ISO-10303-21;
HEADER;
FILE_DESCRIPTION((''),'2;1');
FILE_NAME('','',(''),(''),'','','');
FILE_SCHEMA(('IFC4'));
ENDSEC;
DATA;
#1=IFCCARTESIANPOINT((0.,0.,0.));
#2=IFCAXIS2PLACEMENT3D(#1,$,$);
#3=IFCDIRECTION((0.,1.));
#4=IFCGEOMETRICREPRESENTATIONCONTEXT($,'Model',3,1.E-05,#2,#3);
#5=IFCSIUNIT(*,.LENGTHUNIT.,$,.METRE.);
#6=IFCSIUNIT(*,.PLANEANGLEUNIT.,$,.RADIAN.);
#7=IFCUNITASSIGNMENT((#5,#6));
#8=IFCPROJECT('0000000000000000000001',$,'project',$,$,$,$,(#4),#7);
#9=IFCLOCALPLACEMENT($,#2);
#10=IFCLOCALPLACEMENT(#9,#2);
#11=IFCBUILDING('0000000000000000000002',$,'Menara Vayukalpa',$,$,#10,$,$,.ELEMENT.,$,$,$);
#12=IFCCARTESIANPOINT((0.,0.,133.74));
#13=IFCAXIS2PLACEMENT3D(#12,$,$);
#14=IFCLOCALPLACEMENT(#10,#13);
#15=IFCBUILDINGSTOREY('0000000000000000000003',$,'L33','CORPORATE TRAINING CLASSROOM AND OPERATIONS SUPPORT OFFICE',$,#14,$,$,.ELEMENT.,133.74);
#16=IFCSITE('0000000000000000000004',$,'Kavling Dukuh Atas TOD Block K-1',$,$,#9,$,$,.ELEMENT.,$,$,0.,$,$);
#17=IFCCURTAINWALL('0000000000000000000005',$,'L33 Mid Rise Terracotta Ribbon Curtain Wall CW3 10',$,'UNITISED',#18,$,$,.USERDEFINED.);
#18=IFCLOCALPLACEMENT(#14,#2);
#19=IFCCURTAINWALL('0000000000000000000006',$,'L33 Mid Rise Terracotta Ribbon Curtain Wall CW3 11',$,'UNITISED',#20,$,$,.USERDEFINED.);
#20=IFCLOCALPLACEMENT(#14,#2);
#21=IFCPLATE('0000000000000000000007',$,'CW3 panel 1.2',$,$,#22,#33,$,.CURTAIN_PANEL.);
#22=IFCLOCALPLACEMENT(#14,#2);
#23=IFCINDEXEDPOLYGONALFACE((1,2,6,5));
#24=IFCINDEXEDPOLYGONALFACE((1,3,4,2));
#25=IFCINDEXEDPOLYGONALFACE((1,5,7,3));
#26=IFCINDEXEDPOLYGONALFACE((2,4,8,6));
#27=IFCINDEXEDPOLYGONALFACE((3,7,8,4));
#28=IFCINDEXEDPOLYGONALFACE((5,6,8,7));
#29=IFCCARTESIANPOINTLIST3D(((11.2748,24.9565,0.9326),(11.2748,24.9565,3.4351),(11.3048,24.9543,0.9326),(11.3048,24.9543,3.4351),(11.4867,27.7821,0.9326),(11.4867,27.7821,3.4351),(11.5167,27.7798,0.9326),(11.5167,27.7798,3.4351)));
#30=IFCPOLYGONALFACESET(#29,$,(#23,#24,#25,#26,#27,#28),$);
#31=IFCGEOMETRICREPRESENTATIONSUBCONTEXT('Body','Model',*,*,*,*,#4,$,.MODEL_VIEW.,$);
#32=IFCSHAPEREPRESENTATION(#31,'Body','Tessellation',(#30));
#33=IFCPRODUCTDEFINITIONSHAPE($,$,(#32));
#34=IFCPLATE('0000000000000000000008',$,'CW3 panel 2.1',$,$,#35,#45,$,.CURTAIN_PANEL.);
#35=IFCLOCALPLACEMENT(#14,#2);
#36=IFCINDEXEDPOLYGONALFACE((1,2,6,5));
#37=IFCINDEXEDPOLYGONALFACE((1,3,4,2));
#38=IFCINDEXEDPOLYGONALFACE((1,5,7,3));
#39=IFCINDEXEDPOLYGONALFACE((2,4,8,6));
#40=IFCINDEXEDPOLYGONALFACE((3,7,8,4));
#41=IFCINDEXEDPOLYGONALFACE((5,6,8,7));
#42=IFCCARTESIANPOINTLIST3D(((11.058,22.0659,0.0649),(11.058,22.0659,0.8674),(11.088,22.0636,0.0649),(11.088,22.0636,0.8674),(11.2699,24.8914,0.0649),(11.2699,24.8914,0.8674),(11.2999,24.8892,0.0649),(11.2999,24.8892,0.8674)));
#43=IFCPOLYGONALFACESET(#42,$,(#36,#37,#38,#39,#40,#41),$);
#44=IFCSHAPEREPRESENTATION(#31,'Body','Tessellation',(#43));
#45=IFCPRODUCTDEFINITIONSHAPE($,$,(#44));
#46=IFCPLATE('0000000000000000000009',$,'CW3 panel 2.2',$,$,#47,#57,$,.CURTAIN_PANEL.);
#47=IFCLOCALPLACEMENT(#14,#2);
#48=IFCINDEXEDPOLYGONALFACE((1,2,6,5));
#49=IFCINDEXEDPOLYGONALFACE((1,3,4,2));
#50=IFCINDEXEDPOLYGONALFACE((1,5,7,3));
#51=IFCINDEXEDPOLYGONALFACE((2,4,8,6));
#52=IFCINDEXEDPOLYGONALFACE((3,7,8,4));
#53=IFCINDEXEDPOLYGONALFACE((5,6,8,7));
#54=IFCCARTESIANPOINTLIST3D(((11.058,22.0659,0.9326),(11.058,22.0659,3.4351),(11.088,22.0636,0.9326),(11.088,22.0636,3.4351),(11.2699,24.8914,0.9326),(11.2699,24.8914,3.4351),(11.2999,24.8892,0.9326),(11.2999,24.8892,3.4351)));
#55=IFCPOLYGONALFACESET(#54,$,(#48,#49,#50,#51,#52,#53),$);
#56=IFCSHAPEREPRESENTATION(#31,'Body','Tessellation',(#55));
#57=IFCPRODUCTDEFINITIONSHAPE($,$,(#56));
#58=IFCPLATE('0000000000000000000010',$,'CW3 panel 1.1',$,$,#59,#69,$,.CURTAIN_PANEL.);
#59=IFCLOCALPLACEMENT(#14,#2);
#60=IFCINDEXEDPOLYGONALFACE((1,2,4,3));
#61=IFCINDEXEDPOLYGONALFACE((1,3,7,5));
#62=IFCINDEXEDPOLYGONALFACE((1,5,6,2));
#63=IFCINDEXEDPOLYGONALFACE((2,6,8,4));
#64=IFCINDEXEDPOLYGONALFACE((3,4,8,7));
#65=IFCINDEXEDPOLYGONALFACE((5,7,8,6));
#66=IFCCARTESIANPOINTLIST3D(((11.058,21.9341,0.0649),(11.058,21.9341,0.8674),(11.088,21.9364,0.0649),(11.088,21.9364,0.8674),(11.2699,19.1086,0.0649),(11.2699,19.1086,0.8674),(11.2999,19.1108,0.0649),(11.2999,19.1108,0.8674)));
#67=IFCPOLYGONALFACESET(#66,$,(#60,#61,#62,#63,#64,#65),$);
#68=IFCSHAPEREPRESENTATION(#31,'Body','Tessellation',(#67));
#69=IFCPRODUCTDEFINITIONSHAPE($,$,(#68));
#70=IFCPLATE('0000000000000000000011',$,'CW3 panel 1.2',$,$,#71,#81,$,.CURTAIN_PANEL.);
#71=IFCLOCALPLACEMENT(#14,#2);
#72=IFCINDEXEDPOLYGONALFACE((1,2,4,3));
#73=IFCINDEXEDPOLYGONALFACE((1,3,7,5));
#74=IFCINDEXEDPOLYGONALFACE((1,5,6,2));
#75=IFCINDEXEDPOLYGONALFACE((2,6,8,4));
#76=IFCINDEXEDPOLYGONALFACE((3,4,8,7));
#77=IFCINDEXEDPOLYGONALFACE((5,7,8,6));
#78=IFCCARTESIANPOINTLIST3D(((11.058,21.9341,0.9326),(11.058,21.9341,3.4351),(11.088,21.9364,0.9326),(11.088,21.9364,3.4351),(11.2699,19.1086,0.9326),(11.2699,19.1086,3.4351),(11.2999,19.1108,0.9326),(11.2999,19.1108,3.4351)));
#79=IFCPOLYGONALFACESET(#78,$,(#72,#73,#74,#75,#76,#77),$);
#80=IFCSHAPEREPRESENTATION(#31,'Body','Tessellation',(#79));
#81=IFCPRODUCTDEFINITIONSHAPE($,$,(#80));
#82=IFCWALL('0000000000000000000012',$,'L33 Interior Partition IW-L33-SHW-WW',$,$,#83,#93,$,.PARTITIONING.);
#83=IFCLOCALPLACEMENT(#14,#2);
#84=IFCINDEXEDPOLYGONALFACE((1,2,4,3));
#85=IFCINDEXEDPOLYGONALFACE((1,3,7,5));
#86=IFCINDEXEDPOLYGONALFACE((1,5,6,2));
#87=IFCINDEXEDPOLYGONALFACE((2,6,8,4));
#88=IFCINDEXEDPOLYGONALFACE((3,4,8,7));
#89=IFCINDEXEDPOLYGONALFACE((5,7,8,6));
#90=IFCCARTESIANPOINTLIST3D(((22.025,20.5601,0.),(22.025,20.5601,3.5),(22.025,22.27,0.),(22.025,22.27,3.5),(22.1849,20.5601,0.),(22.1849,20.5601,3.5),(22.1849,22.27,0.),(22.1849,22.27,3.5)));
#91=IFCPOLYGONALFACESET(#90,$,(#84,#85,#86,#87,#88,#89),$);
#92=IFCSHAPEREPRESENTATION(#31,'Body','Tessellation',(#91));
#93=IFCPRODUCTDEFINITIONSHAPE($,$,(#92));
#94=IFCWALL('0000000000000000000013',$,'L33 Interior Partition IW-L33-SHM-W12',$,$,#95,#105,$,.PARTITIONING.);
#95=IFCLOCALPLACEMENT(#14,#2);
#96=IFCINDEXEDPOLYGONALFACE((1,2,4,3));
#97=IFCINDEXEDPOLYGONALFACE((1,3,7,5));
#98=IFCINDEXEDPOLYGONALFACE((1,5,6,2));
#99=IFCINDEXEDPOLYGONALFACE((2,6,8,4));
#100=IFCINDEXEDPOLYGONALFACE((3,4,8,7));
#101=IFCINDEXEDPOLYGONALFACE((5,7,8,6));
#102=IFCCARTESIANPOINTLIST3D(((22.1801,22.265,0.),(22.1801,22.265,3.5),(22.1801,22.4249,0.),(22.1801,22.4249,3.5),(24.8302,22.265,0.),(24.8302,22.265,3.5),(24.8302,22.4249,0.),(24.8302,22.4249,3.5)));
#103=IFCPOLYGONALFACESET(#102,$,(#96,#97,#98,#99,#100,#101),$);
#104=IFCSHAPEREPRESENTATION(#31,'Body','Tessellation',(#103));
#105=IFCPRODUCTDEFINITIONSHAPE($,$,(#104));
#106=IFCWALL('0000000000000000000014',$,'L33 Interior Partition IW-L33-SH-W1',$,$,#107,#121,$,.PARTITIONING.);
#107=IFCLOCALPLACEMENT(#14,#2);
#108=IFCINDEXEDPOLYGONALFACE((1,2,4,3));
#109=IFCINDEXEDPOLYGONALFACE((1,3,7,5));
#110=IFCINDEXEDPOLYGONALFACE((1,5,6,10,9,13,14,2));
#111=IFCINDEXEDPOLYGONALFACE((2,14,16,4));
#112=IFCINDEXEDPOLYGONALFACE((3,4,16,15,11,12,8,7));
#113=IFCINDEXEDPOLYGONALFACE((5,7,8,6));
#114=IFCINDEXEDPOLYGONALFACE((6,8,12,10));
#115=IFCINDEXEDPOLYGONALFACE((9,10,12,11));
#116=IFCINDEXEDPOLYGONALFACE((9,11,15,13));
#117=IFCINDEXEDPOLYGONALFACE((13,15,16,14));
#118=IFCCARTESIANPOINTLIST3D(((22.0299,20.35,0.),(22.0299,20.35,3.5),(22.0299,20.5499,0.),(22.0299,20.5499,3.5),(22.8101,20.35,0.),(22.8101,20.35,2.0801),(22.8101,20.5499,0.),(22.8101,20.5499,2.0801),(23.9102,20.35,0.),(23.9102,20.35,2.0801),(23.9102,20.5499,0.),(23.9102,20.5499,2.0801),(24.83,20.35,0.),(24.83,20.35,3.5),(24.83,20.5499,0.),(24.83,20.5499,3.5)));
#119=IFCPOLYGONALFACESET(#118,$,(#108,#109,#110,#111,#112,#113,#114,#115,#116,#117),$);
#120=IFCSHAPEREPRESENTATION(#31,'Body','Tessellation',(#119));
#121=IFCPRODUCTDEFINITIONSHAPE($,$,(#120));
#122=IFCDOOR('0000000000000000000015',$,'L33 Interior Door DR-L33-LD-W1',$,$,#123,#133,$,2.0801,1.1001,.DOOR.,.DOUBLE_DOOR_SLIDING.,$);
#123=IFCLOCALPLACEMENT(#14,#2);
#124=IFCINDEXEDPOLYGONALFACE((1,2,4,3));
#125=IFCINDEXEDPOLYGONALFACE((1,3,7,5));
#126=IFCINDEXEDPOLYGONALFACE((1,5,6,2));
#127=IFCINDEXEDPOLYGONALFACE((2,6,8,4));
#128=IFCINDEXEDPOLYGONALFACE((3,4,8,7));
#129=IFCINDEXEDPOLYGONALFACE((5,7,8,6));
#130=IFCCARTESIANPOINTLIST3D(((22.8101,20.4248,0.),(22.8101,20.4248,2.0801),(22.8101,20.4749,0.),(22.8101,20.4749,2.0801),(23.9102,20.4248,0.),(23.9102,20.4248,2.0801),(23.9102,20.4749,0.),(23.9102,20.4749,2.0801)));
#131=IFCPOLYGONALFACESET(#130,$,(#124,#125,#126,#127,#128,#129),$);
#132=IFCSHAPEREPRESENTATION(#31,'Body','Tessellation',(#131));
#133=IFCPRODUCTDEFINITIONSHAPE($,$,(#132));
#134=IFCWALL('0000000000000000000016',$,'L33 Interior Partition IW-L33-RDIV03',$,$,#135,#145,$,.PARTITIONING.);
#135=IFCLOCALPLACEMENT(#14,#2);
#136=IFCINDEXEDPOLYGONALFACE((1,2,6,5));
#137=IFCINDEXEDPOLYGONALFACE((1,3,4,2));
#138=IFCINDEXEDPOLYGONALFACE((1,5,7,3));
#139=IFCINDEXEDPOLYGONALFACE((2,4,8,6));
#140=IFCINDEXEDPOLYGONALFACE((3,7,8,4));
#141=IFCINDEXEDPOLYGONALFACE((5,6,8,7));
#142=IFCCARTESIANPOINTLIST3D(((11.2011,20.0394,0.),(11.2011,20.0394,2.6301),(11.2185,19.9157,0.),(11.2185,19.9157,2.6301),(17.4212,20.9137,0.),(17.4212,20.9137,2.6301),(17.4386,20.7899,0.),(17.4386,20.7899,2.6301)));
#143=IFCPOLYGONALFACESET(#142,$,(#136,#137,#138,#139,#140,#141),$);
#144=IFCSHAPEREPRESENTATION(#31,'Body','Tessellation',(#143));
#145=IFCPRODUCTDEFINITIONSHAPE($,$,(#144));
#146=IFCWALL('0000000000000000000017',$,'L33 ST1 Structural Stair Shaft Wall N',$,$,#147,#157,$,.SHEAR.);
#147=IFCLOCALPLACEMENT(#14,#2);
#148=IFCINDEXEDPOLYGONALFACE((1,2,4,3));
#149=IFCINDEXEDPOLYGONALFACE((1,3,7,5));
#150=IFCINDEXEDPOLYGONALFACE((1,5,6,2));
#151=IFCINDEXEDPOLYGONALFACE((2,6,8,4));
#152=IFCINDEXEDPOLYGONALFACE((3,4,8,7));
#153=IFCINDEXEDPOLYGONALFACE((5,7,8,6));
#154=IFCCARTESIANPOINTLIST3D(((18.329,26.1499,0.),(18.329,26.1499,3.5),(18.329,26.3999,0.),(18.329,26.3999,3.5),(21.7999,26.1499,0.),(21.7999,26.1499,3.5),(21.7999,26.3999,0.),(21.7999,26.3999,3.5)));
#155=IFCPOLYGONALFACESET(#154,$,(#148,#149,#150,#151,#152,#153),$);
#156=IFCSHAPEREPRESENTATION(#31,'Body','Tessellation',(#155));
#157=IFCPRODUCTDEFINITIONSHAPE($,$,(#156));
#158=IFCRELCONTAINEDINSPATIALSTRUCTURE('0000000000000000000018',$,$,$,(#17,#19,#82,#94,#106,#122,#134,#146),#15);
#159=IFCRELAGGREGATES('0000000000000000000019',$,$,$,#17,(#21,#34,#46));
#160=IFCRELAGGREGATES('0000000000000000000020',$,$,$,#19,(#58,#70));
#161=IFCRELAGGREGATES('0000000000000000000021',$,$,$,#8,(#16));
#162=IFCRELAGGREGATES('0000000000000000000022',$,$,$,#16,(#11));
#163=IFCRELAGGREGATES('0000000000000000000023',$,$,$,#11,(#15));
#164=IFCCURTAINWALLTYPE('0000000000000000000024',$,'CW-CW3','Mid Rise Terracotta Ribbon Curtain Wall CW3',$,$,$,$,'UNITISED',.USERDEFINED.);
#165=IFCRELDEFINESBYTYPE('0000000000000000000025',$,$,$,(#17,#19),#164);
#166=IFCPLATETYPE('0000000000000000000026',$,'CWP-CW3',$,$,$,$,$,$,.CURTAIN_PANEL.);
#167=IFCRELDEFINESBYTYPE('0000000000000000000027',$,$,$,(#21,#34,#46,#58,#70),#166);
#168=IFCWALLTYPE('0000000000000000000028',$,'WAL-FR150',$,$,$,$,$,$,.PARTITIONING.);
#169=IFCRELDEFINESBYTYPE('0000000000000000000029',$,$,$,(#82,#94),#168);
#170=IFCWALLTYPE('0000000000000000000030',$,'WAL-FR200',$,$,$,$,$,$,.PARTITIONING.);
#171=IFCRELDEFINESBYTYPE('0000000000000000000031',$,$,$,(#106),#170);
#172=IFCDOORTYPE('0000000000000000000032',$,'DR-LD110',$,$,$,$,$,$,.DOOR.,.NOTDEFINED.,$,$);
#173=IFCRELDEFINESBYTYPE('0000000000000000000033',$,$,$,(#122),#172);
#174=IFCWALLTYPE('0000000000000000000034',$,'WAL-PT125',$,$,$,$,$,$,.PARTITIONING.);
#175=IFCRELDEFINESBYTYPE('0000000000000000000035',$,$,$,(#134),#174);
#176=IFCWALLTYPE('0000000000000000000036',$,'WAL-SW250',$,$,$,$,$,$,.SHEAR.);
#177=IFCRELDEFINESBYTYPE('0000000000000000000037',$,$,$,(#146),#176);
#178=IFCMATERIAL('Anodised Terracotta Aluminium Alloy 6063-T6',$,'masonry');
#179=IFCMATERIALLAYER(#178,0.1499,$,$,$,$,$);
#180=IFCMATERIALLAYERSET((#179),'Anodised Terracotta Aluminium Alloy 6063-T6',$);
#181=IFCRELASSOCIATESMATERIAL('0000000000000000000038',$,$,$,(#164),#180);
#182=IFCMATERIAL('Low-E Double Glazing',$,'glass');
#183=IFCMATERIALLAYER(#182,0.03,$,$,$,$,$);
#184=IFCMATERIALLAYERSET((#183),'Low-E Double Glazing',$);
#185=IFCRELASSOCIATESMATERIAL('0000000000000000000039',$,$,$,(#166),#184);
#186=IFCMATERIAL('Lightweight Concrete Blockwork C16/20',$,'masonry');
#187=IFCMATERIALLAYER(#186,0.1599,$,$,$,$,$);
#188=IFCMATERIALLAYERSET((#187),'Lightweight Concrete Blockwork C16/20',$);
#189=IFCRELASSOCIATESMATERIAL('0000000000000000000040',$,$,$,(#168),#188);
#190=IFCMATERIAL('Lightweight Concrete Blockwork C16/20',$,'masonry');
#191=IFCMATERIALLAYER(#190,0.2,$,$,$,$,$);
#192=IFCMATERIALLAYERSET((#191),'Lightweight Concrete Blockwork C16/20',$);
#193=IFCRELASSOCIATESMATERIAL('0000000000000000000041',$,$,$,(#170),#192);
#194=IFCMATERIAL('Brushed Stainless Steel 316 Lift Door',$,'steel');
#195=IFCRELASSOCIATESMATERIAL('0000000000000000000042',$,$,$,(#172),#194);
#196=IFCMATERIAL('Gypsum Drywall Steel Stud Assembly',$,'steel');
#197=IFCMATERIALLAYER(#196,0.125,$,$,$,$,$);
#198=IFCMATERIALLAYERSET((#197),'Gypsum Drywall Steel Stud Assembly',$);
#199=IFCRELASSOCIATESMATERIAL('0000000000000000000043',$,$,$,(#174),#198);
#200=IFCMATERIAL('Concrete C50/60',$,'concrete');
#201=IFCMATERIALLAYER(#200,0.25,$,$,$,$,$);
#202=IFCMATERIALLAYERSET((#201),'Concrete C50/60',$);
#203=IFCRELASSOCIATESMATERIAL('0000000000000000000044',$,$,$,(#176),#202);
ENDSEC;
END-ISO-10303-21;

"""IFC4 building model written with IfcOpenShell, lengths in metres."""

from ifc_helpers import new_model, si_unit, direction, frame, frame_2d, origin, origin_2d, place, context, subcontext, project, spatial, rectangle, extrude, material, layer, layer_set, type_object, element, fill, aggregate, save


model = new_model("IFC4")

# Units and contexts
model_context = context("Model", 3, precision=1e-05, world=origin(), true_north=direction((0.0, 1.0)))
body_context = subcontext(model_context, "Body", "Model", "MODEL_VIEW")
ifc_project = project(units=[si_unit("LENGTHUNIT", "METRE"), si_unit("PLANEANGLEUNIT", "RADIAN")], contexts=[model_context])

# Site, building, storey
site_placement = place(None, origin())
site = spatial("IfcSite", under=ifc_project, at=site_placement, Name="Kavling Dukuh Atas TOD Block K-1", CompositionType="ELEMENT", RefElevation=0.0)
building_placement = place(site_placement, origin())
building = spatial("IfcBuilding", under=site, at=building_placement, Name="Menara Vayukalpa", CompositionType="ELEMENT")
storey_placement = place(building_placement, frame((0.0, 0.0, 133.74)))
storey = spatial("IfcBuildingStorey", under=building, at=storey_placement, Name="L33", Description="CORPORATE TRAINING CLASSROOM AND OPERATIONS SUPPORT OFFICE", CompositionType="ELEMENT", Elevation=133.74)

# Curtain walls
ifc_material_1 = material(Name="Anodised Terracotta Aluminium Alloy 6063-T6", Category="masonry")
ifc_layer_1 = layer(ifc_material_1, 0.1499)
ifc_layer_set_1 = layer_set([ifc_layer_1], Name="Anodised Terracotta Aluminium Alloy 6063-T6")
curtain_wall_type = type_object("IfcCurtainWallType", Name="CW-CW3", Description="Mid Rise Terracotta Ribbon Curtain Wall CW3", ElementType="UNITISED", PredefinedType="USERDEFINED", material=ifc_layer_set_1)
curtain_wall_1_placement = place(storey_placement, origin())
curtain_wall_1 = element("IfcCurtainWall", 1, at=curtain_wall_1_placement, inside=storey, type_object=curtain_wall_type, Name="L33 Mid Rise Terracotta Ribbon Curtain Wall CW3 10", ObjectType="UNITISED", PredefinedType="USERDEFINED")
curtain_wall_2_placement = place(storey_placement, origin())
curtain_wall_2 = element("IfcCurtainWall", 2, at=curtain_wall_2_placement, inside=storey, type_object=curtain_wall_type, Name="L33 Mid Rise Terracotta Ribbon Curtain Wall CW3 11", ObjectType="UNITISED", PredefinedType="USERDEFINED")

# Plates
ifc_material_2 = material(Name="Low-E Double Glazing", Category="glass")
ifc_layer_2 = layer(ifc_material_2, 0.03)
ifc_layer_set_2 = layer_set([ifc_layer_2], Name="Low-E Double Glazing")
plate_type = type_object("IfcPlateType", Name="CWP-CW3", PredefinedType="CURTAIN_PANEL", material=ifc_layer_set_2)
plate_1_placement = place(storey_placement, frame((11.3958, 26.3682, 0.9326), z_axis=(0.0, 0.0, 1.0), x_axis=(-0.074785, -0.9972, 0.0)))
plate_1 = element("IfcPlate", 3, at=plate_1_placement, type_object=plate_type, Name="CW3 panel 1.2", PredefinedType="CURTAIN_PANEL", context=body_context, shape_type="SweptSolid", body=[
    extrude(rectangle(XDim=2.8335, YDim=0.03, at=origin_2d()), origin(), (0.0, 0.0, 1.0), 2.5024),
])
plate_2_placement = place(storey_placement, frame((11.179, 23.4775, 0.0649), z_axis=(0.0, 0.0, 1.0), x_axis=(-0.074785, -0.9972, 0.0)))
plate_2 = element("IfcPlate", 4, at=plate_2_placement, type_object=plate_type, Name="CW3 panel 2.1", PredefinedType="CURTAIN_PANEL", context=body_context, shape_type="SweptSolid", body=[
    extrude(rectangle(XDim=2.8335, YDim=0.03, at=origin_2d()), origin(), (0.0, 0.0, 1.0), 0.8025),
])
plate_3_placement = place(storey_placement, frame((11.179, 23.4775, 0.9326), z_axis=(0.0, 0.0, 1.0), x_axis=(-0.074785, -0.9972, 0.0)))
plate_3 = element("IfcPlate", 5, at=plate_3_placement, type_object=plate_type, Name="CW3 panel 2.2", PredefinedType="CURTAIN_PANEL", context=body_context, shape_type="SweptSolid", body=[
    extrude(rectangle(XDim=2.8335, YDim=0.03, at=origin_2d()), origin(), (0.0, 0.0, 1.0), 2.5024),
])
aggregate(curtain_wall_1, [plate_1, plate_2, plate_3])
plate_4_placement = place(storey_placement, frame((11.179, 20.5225, 0.0649), z_axis=(0.0, 0.0, 1.0), x_axis=(0.074785, -0.9972, 0.0)))
plate_4 = element("IfcPlate", 6, at=plate_4_placement, type_object=plate_type, Name="CW3 panel 1.1", PredefinedType="CURTAIN_PANEL", context=body_context, shape_type="SweptSolid", body=[
    extrude(rectangle(XDim=2.8335, YDim=0.03, at=origin_2d()), origin(), (0.0, 0.0, 1.0), 0.8025),
])
plate_5_placement = place(storey_placement, frame((11.179, 20.5225, 0.9326), z_axis=(0.0, 0.0, 1.0), x_axis=(0.074785, -0.9972, 0.0)))
plate_5 = element("IfcPlate", 7, at=plate_5_placement, type_object=plate_type, Name="CW3 panel 1.2", PredefinedType="CURTAIN_PANEL", context=body_context, shape_type="SweptSolid", body=[
    extrude(rectangle(XDim=2.8335, YDim=0.03, at=origin_2d()), origin(), (0.0, 0.0, 1.0), 2.5024),
])
aggregate(curtain_wall_2, [plate_4, plate_5])

# Walls
ifc_material_3 = material(Name="Lightweight Concrete Blockwork C16/20", Category="masonry")
ifc_layer_3 = layer(ifc_material_3, 0.1599)
ifc_layer_set_3 = layer_set([ifc_layer_3], Name="Lightweight Concrete Blockwork C16/20")
wall_type_1 = type_object("IfcWallType", Name="WAL-FR150", PredefinedType="PARTITIONING", material=ifc_layer_set_3)
wall_1_placement = place(storey_placement, frame((22.105, 20.5601, 0.0), z_axis=(0.0, 0.0, 1.0), x_axis=(0.0, 1.0, 0.0)))
element("IfcWall", 8, at=wall_1_placement, inside=storey, type_object=wall_type_1, Name="L33 Interior Partition IW-L33-SHW-WW", PredefinedType="PARTITIONING", context=body_context, shape_type="SweptSolid", body=[
    extrude(rectangle(XDim=1.71, YDim=0.1599, at=frame_2d((0.855, 0.0))), origin(), (0.0, 0.0, 1.0), 3.5),
])
wall_2_placement = place(storey_placement, frame((22.1799, 22.345, 0.0), z_axis=(0.0, 0.0, 1.0), x_axis=(1.0, 0.0, 0.0)))
element("IfcWall", 9, at=wall_2_placement, inside=storey, type_object=wall_type_1, Name="L33 Interior Partition IW-L33-SHM-W12", PredefinedType="PARTITIONING", context=body_context, shape_type="SweptSolid", body=[
    extrude(rectangle(XDim=2.6501, YDim=0.1599, at=frame_2d((1.3252, 0.0))), origin(), (0.0, 0.0, 1.0), 3.5),
])

# Wall, opening, door
ifc_material_4 = material(Name="Lightweight Concrete Blockwork C16/20", Category="masonry")
ifc_layer_4 = layer(ifc_material_4, 0.2)
ifc_layer_set_4 = layer_set([ifc_layer_4], Name="Lightweight Concrete Blockwork C16/20")
wall_type_2 = type_object("IfcWallType", Name="WAL-FR200", PredefinedType="PARTITIONING", material=ifc_layer_set_4)
wall_3_placement = place(storey_placement, frame((22.03, 20.45, 0.0), z_axis=(0.0, 0.0, 1.0), x_axis=(1.0, 0.0, 0.0)))
wall_3 = element("IfcWall", 10, at=wall_3_placement, inside=storey, type_object=wall_type_2, Name="L33 Interior Partition IW-L33-SH-W1", PredefinedType="PARTITIONING", context=body_context, shape_type="SweptSolid", body=[
    extrude(rectangle(XDim=2.8, YDim=0.2, at=frame_2d((1.3999, 0.0))), origin(), (0.0, 0.0, 1.0), 3.5),
])
opening_placement = place(wall_3_placement, frame((0.78, 0.0, 0.0)))
opening = element("IfcOpeningElement", 11, at=opening_placement, cuts=wall_3, PredefinedType="OPENING", context=body_context, shape_type="SweptSolid", body=[
    extrude(rectangle(XDim=1.1001, YDim=2.0801, at=frame_2d((0.55, 1.04))), frame((0.0, 0.1099, 0.0), z_axis=(0.0, -1.0, 0.0), x_axis=(1.0, 0.0, 0.0)), (0.0, 0.0, 1.0), 0.22),
])
ifc_material_5 = material(Name="Brushed Stainless Steel 316 Lift Door", Category="steel")
door_type = type_object("IfcDoorType", Name="DR-LD110", OperationType="NOTDEFINED", PredefinedType="DOOR", material=ifc_material_5)
door_placement = place(opening_placement, origin())
door = element("IfcDoor", 12, at=door_placement, inside=storey, type_object=door_type, Name="L33 Interior Door DR-L33-LD-W1", OperationType="DOUBLE_DOOR_SLIDING", OverallHeight=2.0801, OverallWidth=1.1001, PredefinedType="DOOR", context=body_context, shape_type="SweptSolid", body=[
    extrude(rectangle(XDim=1.1001, YDim=2.0801, at=frame_2d((0.55, 1.04))), frame((0.0, 0.0249, 0.0), z_axis=(0.0, -1.0, 0.0), x_axis=(1.0, 0.0, 0.0)), (0.0, 0.0, 1.0), 0.05),
])
fill(opening, door)

# Walls
ifc_material_6 = material(Name="Gypsum Drywall Steel Stud Assembly", Category="steel")
ifc_layer_5 = layer(ifc_material_6, 0.125)
ifc_layer_set_5 = layer_set([ifc_layer_5], Name="Gypsum Drywall Steel Stud Assembly")
wall_type_3 = type_object("IfcWallType", Name="WAL-PT125", PredefinedType="PARTITIONING", material=ifc_layer_set_5)
wall_4_placement = place(storey_placement, frame((17.4299, 20.8518, 0.0), z_axis=(0.0, 0.0, 1.0), x_axis=(-0.990266, -0.139185, 0.0)))
element("IfcWall", 13, at=wall_4_placement, inside=storey, type_object=wall_type_3, Name="L33 Interior Partition IW-L33-RDIV03", PredefinedType="PARTITIONING", context=body_context, shape_type="SweptSolid", body=[
    extrude(rectangle(XDim=6.2812, YDim=0.125, at=frame_2d((3.1406, 0.0))), origin(), (0.0, 0.0, 1.0), 2.6301),
])
ifc_material_7 = material(Name="Concrete C50/60", Category="concrete")
ifc_layer_6 = layer(ifc_material_7, 0.25)
ifc_layer_set_6 = layer_set([ifc_layer_6], Name="Concrete C50/60")
wall_type_4 = type_object("IfcWallType", Name="WAL-SW250", PredefinedType="SHEAR", material=ifc_layer_set_6)
wall_5_placement = place(storey_placement, frame((18.3291, 26.2749, 0.0), z_axis=(0.0, 0.0, 1.0), x_axis=(1.0, 0.0, 0.0)))
element("IfcWall", 14, at=wall_5_placement, inside=storey, type_object=wall_type_4, Name="L33 ST1 Structural Stair Shaft Wall N", PredefinedType="SHEAR", context=body_context, shape_type="SweptSolid", body=[
    extrude(rectangle(XDim=3.4709, YDim=0.25, at=frame_2d((1.7354, 0.0))), origin(), (0.0, 0.0, 1.0), 3.5),
])

save(model, "model.ifc")
